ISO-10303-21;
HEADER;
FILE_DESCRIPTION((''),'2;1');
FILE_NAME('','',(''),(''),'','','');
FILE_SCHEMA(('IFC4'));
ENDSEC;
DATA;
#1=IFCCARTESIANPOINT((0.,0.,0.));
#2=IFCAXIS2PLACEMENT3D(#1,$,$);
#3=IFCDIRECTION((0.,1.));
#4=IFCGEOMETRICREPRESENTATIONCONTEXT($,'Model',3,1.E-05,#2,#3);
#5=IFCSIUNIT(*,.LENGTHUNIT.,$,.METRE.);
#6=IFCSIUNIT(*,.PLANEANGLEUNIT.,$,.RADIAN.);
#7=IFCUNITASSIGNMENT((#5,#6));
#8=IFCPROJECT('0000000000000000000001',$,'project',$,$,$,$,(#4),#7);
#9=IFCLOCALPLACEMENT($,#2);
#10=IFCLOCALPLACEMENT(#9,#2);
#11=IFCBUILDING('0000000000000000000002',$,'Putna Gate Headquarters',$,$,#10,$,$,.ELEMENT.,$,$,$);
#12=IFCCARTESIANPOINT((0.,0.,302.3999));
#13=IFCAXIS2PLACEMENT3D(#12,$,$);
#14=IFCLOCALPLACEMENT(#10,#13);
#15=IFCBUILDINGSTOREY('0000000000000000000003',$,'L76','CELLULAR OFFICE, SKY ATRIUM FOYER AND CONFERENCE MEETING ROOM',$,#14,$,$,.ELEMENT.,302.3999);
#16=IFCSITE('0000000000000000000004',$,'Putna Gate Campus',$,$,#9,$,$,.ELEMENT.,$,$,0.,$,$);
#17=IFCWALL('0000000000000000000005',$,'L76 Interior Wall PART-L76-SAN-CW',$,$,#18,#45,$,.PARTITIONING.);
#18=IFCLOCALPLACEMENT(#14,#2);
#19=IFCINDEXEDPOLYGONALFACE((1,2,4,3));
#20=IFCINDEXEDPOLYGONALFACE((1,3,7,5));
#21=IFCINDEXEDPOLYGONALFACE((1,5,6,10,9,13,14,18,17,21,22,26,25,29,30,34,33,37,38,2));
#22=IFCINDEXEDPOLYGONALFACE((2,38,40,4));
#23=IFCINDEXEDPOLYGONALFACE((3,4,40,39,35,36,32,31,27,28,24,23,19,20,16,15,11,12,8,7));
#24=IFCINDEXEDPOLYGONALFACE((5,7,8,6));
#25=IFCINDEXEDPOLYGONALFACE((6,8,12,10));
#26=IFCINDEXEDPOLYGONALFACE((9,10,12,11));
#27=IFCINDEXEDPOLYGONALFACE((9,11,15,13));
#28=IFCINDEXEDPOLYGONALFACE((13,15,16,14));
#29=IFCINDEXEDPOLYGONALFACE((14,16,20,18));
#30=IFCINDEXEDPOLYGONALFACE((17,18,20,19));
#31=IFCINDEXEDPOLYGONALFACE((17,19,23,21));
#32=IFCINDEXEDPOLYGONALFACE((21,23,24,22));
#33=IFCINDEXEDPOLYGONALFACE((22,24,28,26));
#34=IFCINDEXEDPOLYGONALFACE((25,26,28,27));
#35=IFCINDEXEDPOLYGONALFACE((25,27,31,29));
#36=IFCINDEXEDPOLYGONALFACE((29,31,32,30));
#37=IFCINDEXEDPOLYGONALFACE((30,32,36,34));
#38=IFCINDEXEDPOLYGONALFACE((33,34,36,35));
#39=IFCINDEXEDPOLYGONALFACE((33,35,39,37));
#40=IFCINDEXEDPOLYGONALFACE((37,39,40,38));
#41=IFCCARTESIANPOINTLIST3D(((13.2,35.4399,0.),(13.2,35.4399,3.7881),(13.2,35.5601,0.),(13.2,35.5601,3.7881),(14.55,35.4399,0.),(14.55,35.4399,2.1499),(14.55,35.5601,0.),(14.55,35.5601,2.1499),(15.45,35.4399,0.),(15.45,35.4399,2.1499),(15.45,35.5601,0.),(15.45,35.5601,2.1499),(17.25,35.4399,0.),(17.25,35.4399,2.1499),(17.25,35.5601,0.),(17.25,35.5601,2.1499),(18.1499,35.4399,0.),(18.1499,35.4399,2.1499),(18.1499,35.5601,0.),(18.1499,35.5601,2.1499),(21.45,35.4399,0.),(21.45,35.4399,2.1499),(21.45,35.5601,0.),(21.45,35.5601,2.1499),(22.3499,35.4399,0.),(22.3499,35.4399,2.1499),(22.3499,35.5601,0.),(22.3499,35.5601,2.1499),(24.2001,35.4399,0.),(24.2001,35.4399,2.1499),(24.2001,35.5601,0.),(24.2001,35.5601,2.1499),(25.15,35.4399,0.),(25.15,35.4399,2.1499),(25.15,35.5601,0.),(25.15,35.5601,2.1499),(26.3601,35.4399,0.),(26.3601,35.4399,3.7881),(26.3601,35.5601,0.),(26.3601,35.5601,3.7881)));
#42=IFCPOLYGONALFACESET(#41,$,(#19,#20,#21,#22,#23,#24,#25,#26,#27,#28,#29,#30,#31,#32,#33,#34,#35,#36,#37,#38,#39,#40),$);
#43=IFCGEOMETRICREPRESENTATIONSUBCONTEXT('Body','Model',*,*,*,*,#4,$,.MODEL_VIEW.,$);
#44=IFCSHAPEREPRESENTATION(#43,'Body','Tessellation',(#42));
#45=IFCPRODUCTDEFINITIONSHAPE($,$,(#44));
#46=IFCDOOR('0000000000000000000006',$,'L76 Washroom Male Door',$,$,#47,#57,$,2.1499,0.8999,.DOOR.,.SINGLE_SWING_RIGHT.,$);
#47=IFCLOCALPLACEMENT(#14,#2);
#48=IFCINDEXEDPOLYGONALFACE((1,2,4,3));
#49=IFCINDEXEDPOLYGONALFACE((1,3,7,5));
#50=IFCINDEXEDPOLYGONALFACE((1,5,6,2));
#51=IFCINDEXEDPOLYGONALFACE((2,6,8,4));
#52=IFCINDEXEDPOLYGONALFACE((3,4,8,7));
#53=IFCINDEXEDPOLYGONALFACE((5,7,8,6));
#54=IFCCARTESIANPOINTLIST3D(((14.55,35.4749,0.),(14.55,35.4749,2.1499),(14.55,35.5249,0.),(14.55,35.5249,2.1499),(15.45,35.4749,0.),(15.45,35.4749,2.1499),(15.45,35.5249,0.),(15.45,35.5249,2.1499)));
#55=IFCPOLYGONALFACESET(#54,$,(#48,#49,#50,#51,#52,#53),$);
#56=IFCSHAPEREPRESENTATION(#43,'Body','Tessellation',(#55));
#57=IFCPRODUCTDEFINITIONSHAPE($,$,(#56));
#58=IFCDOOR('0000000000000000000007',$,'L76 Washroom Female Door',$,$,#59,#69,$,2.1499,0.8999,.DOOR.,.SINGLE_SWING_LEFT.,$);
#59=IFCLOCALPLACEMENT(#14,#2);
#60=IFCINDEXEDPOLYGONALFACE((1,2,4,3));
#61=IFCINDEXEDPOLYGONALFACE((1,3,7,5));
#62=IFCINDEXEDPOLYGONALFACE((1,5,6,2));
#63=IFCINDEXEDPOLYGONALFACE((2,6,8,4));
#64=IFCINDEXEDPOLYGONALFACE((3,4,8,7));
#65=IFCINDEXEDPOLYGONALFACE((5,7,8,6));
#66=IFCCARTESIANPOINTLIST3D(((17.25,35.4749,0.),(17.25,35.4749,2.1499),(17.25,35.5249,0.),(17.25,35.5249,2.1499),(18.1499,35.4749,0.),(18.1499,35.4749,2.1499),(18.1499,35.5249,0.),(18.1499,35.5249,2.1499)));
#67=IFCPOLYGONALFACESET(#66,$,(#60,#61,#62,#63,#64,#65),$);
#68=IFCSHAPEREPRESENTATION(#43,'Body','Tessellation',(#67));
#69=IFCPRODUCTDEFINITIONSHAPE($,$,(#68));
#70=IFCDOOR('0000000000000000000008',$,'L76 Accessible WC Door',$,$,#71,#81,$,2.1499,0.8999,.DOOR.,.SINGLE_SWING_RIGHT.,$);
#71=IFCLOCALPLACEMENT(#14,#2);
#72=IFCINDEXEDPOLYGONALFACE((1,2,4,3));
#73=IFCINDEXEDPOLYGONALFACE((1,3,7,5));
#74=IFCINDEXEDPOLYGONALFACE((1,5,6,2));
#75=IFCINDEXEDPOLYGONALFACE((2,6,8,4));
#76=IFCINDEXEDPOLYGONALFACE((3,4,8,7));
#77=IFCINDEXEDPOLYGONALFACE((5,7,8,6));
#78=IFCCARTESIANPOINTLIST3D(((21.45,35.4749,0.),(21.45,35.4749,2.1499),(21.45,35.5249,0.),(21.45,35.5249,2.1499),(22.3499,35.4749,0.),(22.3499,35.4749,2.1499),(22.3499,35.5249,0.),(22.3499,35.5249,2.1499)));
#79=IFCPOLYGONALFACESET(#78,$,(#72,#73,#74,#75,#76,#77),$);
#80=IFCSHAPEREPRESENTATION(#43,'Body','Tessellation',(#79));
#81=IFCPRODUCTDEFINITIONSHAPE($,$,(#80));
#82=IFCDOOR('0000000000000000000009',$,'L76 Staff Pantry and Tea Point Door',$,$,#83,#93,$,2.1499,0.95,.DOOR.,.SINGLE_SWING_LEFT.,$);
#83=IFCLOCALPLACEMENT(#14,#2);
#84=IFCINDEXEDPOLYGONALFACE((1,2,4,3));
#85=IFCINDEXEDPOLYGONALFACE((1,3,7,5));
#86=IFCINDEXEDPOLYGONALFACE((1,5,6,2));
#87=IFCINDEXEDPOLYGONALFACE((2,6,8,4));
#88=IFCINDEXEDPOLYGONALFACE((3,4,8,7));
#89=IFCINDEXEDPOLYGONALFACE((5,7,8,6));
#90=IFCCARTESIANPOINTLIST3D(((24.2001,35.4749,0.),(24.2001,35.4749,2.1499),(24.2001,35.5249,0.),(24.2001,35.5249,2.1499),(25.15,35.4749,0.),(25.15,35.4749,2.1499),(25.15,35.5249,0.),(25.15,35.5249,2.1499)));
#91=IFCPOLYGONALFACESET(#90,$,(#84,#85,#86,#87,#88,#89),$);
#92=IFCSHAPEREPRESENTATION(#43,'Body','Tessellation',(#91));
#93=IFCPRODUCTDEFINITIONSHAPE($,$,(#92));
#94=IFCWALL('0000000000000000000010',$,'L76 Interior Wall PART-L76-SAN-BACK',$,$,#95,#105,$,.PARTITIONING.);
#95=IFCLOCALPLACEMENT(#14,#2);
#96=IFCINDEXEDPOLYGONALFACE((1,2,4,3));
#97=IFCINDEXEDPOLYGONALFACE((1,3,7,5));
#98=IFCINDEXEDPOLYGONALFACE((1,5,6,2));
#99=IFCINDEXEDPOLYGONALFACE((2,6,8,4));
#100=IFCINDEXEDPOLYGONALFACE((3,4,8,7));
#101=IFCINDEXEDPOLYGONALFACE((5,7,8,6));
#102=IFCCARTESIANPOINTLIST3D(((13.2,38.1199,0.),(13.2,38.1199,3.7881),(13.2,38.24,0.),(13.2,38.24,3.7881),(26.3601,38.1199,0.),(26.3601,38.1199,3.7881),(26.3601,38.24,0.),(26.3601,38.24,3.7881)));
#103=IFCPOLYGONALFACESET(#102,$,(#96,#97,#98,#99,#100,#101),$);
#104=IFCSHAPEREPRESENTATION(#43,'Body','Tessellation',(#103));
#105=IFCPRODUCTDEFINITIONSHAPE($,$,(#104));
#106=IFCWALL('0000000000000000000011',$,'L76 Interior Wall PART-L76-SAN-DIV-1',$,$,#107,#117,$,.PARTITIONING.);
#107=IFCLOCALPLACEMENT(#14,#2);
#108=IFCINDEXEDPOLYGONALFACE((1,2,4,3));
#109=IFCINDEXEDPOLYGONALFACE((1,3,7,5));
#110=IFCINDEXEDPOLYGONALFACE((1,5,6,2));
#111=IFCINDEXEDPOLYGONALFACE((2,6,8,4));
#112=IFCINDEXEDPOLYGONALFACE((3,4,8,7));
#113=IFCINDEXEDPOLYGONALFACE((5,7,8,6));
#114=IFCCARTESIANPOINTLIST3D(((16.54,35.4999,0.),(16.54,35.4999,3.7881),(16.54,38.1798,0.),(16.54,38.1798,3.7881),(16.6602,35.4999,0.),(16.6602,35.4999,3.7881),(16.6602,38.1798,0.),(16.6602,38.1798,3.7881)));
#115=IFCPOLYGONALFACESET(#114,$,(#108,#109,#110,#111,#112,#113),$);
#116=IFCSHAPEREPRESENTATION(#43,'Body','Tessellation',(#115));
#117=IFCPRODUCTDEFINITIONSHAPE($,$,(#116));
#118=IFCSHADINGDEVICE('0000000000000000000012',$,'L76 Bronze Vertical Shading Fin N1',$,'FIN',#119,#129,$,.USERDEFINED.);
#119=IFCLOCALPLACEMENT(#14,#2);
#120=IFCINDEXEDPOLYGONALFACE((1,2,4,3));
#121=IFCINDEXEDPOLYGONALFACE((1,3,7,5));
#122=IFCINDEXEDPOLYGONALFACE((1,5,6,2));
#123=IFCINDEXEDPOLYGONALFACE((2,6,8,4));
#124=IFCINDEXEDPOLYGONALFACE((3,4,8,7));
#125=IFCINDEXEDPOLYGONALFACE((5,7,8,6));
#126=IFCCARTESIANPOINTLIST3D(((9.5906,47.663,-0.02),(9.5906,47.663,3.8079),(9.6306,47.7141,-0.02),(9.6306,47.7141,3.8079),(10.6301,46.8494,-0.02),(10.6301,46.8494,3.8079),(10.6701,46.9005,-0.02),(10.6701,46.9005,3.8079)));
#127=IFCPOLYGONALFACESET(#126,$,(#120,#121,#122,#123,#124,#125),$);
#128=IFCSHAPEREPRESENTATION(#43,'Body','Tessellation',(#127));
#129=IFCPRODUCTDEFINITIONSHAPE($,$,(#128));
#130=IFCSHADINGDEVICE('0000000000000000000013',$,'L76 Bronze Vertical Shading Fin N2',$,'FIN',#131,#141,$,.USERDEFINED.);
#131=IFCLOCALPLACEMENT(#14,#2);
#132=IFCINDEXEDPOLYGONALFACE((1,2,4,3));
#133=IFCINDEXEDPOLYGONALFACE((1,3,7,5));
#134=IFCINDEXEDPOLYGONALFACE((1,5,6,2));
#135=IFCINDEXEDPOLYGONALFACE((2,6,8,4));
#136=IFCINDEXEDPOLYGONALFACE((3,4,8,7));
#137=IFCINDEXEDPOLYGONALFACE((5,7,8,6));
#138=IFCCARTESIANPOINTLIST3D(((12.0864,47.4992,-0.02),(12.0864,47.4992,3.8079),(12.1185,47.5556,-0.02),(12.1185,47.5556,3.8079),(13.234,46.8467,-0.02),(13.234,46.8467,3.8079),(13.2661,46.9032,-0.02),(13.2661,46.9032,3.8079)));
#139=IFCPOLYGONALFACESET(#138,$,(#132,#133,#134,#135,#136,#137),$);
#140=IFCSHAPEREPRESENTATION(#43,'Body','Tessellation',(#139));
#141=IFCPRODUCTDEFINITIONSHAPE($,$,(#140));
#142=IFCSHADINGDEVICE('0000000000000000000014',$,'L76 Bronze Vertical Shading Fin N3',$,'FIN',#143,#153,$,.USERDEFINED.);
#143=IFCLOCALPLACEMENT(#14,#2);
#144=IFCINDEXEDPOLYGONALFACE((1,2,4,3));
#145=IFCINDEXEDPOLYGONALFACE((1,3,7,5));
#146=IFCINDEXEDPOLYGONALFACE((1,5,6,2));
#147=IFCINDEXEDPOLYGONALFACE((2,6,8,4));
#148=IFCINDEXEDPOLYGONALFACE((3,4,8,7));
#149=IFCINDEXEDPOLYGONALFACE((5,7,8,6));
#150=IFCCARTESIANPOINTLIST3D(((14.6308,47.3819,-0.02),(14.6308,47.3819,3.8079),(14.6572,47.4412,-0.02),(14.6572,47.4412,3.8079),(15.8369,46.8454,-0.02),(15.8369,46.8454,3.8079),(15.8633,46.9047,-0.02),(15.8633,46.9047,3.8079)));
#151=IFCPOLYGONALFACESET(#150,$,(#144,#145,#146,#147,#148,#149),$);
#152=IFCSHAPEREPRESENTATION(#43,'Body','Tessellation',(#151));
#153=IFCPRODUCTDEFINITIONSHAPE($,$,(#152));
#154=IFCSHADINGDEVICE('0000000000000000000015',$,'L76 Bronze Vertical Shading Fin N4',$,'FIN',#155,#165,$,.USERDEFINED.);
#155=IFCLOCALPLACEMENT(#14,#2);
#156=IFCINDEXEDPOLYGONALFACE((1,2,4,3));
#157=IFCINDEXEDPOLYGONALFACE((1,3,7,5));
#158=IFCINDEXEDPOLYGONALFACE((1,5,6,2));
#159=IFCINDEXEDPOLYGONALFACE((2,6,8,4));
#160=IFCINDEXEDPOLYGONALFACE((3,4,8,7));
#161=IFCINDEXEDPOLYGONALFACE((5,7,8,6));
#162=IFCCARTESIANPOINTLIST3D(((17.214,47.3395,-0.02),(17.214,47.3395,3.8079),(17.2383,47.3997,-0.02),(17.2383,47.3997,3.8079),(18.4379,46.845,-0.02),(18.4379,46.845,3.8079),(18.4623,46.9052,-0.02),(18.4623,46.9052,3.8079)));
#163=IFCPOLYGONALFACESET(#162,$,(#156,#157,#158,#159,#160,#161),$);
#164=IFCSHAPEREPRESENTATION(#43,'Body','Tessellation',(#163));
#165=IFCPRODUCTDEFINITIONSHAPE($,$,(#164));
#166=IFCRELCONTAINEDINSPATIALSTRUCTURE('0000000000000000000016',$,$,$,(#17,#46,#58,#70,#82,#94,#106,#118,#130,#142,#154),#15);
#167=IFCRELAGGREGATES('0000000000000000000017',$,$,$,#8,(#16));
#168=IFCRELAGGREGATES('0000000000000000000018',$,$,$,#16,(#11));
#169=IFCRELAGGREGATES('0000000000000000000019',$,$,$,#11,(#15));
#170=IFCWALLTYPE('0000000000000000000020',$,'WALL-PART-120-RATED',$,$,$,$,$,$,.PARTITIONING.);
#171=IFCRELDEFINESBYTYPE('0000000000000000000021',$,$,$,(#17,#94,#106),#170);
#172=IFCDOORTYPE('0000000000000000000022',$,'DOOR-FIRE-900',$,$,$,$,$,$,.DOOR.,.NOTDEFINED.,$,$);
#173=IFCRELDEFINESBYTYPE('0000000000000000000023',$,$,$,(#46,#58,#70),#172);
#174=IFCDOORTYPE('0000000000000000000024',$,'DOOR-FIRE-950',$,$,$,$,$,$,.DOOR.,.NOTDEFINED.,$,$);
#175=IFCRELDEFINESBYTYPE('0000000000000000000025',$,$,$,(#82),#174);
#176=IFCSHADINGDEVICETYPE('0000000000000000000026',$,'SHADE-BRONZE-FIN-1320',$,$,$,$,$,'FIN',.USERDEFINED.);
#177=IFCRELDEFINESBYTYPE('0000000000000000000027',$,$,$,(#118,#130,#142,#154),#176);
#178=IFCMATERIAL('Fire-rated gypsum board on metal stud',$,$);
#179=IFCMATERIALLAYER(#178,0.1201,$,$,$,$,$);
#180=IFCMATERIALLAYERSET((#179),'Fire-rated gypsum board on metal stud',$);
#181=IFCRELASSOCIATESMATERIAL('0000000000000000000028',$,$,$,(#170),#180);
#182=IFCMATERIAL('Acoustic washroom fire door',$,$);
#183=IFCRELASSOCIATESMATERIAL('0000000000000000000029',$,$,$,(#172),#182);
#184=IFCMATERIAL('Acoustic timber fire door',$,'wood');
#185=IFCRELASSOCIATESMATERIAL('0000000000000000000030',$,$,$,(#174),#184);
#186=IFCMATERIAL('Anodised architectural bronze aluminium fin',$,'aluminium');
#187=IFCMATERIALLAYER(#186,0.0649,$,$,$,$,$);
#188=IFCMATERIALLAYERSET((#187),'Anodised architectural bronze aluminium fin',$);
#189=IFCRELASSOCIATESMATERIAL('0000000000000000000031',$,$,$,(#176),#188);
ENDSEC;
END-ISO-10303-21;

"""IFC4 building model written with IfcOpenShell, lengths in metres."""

from ifc_helpers import new_model, si_unit, direction, frame, frame_2d, origin, origin_2d, place, context, subcontext, project, spatial, rectangle, extrude, material, layer, layer_set, type_object, element, fill, save


model = new_model("IFC4")

# Units and contexts
model_context = context("Model", 3, precision=1e-05, world=origin(), true_north=direction((0.0, 1.0)))
body_context = subcontext(model_context, "Body", "Model", "MODEL_VIEW")
ifc_project = project(units=[si_unit("LENGTHUNIT", "METRE"), si_unit("PLANEANGLEUNIT", "RADIAN")], contexts=[model_context])

# Site, building, storey
site_placement = place(None, origin())
site = spatial("IfcSite", under=ifc_project, at=site_placement, Name="Putna Gate Campus", CompositionType="ELEMENT", RefElevation=0.0)
building_placement = place(site_placement, origin())
building = spatial("IfcBuilding", under=site, at=building_placement, Name="Putna Gate Headquarters", CompositionType="ELEMENT")
storey_placement = place(building_placement, frame((0.0, 0.0, 302.3999)))
storey = spatial("IfcBuildingStorey", under=building, at=storey_placement, Name="L76", Description="CELLULAR OFFICE, SKY ATRIUM FOYER AND CONFERENCE MEETING ROOM", CompositionType="ELEMENT", Elevation=302.3999)

# Wall, openings, doors
ifc_material_1 = material(Name="Fire-rated gypsum board on metal stud")
ifc_layer_1 = layer(ifc_material_1, 0.1201)
ifc_layer_set_1 = layer_set([ifc_layer_1], Name="Fire-rated gypsum board on metal stud")
wall_type_1 = type_object("IfcWallType", Name="WALL-PART-120-RATED", PredefinedType="PARTITIONING", material=ifc_layer_set_1)
wall_1_placement = place(storey_placement, frame((13.2, 35.5, 0.0), z_axis=(0.0, 0.0, 1.0), x_axis=(1.0, 0.0, 0.0)))
wall_1 = element("IfcWall", 1, at=wall_1_placement, inside=storey, type_object=wall_type_1, Name="L76 Interior Wall PART-L76-SAN-CW", PredefinedType="PARTITIONING", context=body_context, shape_type="SweptSolid", body=[
    extrude(rectangle(XDim=13.1602, YDim=0.1201, at=frame_2d((6.5801, 0.0))), origin(), (0.0, 0.0, 1.0), 3.7881),
])
opening_1_placement = place(wall_1_placement, frame((1.3501, 0.0, 0.0)))
opening_1 = element("IfcOpeningElement", 2, at=opening_1_placement, cuts=wall_1, PredefinedType="OPENING", context=body_context, shape_type="SweptSolid", body=[
    extrude(rectangle(XDim=0.8999, YDim=2.1499, at=frame_2d((0.45, 1.075))), frame((0.0, 0.0701, 0.0), z_axis=(0.0, -1.0, 0.0), x_axis=(1.0, 0.0, 0.0)), (0.0, 0.0, 1.0), 0.1401),
])
opening_2_placement = place(wall_1_placement, frame((4.05, 0.0, 0.0)))
opening_2 = element("IfcOpeningElement", 3, at=opening_2_placement, cuts=wall_1, PredefinedType="OPENING", context=body_context, shape_type="SweptSolid", body=[
    extrude(rectangle(XDim=0.8999, YDim=2.1499, at=frame_2d((0.45, 1.075))), frame((0.0, 0.0701, 0.0), z_axis=(0.0, -1.0, 0.0), x_axis=(1.0, 0.0, 0.0)), (0.0, 0.0, 1.0), 0.1401),
])
opening_3_placement = place(wall_1_placement, frame((8.25, 0.0, 0.0)))
opening_3 = element("IfcOpeningElement", 4, at=opening_3_placement, cuts=wall_1, PredefinedType="OPENING", context=body_context, shape_type="SweptSolid", body=[
    extrude(rectangle(XDim=0.8999, YDim=2.1499, at=frame_2d((0.45, 1.075))), frame((0.0, 0.0701, 0.0), z_axis=(0.0, -1.0, 0.0), x_axis=(1.0, 0.0, 0.0)), (0.0, 0.0, 1.0), 0.1401),
])
opening_4_placement = place(wall_1_placement, frame((11.0, 0.0, 0.0)))
opening_4 = element("IfcOpeningElement", 5, at=opening_4_placement, cuts=wall_1, PredefinedType="OPENING", context=body_context, shape_type="SweptSolid", body=[
    extrude(rectangle(XDim=0.95, YDim=2.1499, at=frame_2d((0.4751, 1.075))), frame((0.0, 0.0701, 0.0), z_axis=(0.0, -1.0, 0.0), x_axis=(1.0, 0.0, 0.0)), (0.0, 0.0, 1.0), 0.1401),
])
ifc_material_2 = material(Name="Acoustic washroom fire door")
door_type_1 = type_object("IfcDoorType", Name="DOOR-FIRE-900", OperationType="NOTDEFINED", PredefinedType="DOOR", material=ifc_material_2)
door_1_placement = place(opening_1_placement, origin())
door_1 = element("IfcDoor", 6, at=door_1_placement, inside=storey, type_object=door_type_1, Name="L76 Washroom Male Door", OperationType="SINGLE_SWING_RIGHT", OverallHeight=2.1499, OverallWidth=0.8999, PredefinedType="DOOR", context=body_context, shape_type="SweptSolid", body=[
    extrude(rectangle(XDim=0.8999, YDim=2.1499, at=frame_2d((0.45, 1.075))), frame((0.0, 0.0249, 0.0), z_axis=(0.0, -1.0, 0.0), x_axis=(1.0, 0.0, 0.0)), (0.0, 0.0, 1.0), 0.05),
])
fill(opening_1, door_1)
door_2_placement = place(opening_2_placement, origin())
door_2 = element("IfcDoor", 7, at=door_2_placement, inside=storey, type_object=door_type_1, Name="L76 Washroom Female Door", OperationType="SINGLE_SWING_LEFT", OverallHeight=2.1499, OverallWidth=0.8999, PredefinedType="DOOR", context=body_context, shape_type="SweptSolid", body=[
    extrude(rectangle(XDim=0.8999, YDim=2.1499, at=frame_2d((0.45, 1.075))), frame((0.0, 0.0249, 0.0), z_axis=(0.0, -1.0, 0.0), x_axis=(1.0, 0.0, 0.0)), (0.0, 0.0, 1.0), 0.05),
])
fill(opening_2, door_2)
door_3_placement = place(opening_3_placement, origin())
door_3 = element("IfcDoor", 8, at=door_3_placement, inside=storey, type_object=door_type_1, Name="L76 Accessible WC Door", OperationType="SINGLE_SWING_RIGHT", OverallHeight=2.1499, OverallWidth=0.8999, PredefinedType="DOOR", context=body_context, shape_type="SweptSolid", body=[
    extrude(rectangle(XDim=0.8999, YDim=2.1499, at=frame_2d((0.45, 1.075))), frame((0.0, 0.0249, 0.0), z_axis=(0.0, -1.0, 0.0), x_axis=(1.0, 0.0, 0.0)), (0.0, 0.0, 1.0), 0.05),
])
fill(opening_3, door_3)
ifc_material_3 = material(Name="Acoustic timber fire door", Category="wood")
door_type_2 = type_object("IfcDoorType", Name="DOOR-FIRE-950", OperationType="NOTDEFINED", PredefinedType="DOOR", material=ifc_material_3)
door_4_placement = place(opening_4_placement, origin())
door_4 = element("IfcDoor", 9, at=door_4_placement, inside=storey, type_object=door_type_2, Name="L76 Staff Pantry and Tea Point Door", OperationType="SINGLE_SWING_LEFT", OverallHeight=2.1499, OverallWidth=0.95, PredefinedType="DOOR", context=body_context, shape_type="SweptSolid", body=[
    extrude(rectangle(XDim=0.95, YDim=2.1499, at=frame_2d((0.4751, 1.075))), frame((0.0, 0.0249, 0.0), z_axis=(0.0, -1.0, 0.0), x_axis=(1.0, 0.0, 0.0)), (0.0, 0.0, 1.0), 0.05),
])
fill(opening_4, door_4)

# Walls
wall_2_placement = place(storey_placement, frame((13.2, 38.1799, 0.0), z_axis=(0.0, 0.0, 1.0), x_axis=(1.0, 0.0, 0.0)))
element("IfcWall", 10, at=wall_2_placement, inside=storey, type_object=wall_type_1, Name="L76 Interior Wall PART-L76-SAN-BACK", PredefinedType="PARTITIONING", context=body_context, shape_type="SweptSolid", body=[
    extrude(rectangle(XDim=13.1602, YDim=0.1201, at=frame_2d((6.5801, 0.0))), origin(), (0.0, 0.0, 1.0), 3.7881),
])
wall_3_placement = place(storey_placement, frame((16.6001, 35.5, 0.0), z_axis=(0.0, 0.0, 1.0), x_axis=(0.0, 1.0, 0.0)))
element("IfcWall", 11, at=wall_3_placement, inside=storey, type_object=wall_type_1, Name="L76 Interior Wall PART-L76-SAN-DIV-1", PredefinedType="PARTITIONING", context=body_context, shape_type="SweptSolid", body=[
    extrude(rectangle(XDim=2.6799, YDim=0.1201, at=frame_2d((1.3398, 0.0))), origin(), (0.0, 0.0, 1.0), 3.7881),
])

# Shading devices
ifc_material_4 = material(Name="Anodised architectural bronze aluminium fin", Category="aluminium")
ifc_layer_2 = layer(ifc_material_4, 0.0649)
ifc_layer_set_2 = layer_set([ifc_layer_2], Name="Anodised architectural bronze aluminium fin")
shading_device_type = type_object("IfcShadingDeviceType", Name="SHADE-BRONZE-FIN-1320", ElementType="FIN", PredefinedType="USERDEFINED", material=ifc_layer_set_2)
for number, where, z_axis, x_axis, name in (
    (12, (10.1304, 47.2817, -0.02), (0.0, 0.0, 1.0), (-0.787473, 0.616349, 0.0), "L76 Bronze Vertical Shading Fin N1"),
    (13, (12.6763, 47.2012, -0.02), (0.0, 0.0, 1.0), (-0.869322, 0.494245, 0.0), "L76 Bronze Vertical Shading Fin N2"),
    (14, (15.2471, 47.1433, -0.02), (0.0, 0.0, 1.0), (-0.913687, 0.406418, 0.0), "L76 Bronze Vertical Shading Fin N3"),
    (15, (17.8381, 47.1223, -0.02), (0.0, 0.0, 1.0), (-0.927184, 0.374607, 0.0), "L76 Bronze Vertical Shading Fin N4"),
):
    element("IfcShadingDevice", number, at=place(storey_placement, frame(where, z_axis=z_axis, x_axis=x_axis)), inside=storey, type_object=shading_device_type, Name=name, ObjectType="FIN", PredefinedType="USERDEFINED", context=body_context, shape_type="SweptSolid", body=[
        extrude(rectangle(XDim=1.3201, YDim=0.0649, at=origin_2d()), origin(), (0.0, 0.0, 1.0), 3.8279),
    ])

save(model, "model.ifc")
